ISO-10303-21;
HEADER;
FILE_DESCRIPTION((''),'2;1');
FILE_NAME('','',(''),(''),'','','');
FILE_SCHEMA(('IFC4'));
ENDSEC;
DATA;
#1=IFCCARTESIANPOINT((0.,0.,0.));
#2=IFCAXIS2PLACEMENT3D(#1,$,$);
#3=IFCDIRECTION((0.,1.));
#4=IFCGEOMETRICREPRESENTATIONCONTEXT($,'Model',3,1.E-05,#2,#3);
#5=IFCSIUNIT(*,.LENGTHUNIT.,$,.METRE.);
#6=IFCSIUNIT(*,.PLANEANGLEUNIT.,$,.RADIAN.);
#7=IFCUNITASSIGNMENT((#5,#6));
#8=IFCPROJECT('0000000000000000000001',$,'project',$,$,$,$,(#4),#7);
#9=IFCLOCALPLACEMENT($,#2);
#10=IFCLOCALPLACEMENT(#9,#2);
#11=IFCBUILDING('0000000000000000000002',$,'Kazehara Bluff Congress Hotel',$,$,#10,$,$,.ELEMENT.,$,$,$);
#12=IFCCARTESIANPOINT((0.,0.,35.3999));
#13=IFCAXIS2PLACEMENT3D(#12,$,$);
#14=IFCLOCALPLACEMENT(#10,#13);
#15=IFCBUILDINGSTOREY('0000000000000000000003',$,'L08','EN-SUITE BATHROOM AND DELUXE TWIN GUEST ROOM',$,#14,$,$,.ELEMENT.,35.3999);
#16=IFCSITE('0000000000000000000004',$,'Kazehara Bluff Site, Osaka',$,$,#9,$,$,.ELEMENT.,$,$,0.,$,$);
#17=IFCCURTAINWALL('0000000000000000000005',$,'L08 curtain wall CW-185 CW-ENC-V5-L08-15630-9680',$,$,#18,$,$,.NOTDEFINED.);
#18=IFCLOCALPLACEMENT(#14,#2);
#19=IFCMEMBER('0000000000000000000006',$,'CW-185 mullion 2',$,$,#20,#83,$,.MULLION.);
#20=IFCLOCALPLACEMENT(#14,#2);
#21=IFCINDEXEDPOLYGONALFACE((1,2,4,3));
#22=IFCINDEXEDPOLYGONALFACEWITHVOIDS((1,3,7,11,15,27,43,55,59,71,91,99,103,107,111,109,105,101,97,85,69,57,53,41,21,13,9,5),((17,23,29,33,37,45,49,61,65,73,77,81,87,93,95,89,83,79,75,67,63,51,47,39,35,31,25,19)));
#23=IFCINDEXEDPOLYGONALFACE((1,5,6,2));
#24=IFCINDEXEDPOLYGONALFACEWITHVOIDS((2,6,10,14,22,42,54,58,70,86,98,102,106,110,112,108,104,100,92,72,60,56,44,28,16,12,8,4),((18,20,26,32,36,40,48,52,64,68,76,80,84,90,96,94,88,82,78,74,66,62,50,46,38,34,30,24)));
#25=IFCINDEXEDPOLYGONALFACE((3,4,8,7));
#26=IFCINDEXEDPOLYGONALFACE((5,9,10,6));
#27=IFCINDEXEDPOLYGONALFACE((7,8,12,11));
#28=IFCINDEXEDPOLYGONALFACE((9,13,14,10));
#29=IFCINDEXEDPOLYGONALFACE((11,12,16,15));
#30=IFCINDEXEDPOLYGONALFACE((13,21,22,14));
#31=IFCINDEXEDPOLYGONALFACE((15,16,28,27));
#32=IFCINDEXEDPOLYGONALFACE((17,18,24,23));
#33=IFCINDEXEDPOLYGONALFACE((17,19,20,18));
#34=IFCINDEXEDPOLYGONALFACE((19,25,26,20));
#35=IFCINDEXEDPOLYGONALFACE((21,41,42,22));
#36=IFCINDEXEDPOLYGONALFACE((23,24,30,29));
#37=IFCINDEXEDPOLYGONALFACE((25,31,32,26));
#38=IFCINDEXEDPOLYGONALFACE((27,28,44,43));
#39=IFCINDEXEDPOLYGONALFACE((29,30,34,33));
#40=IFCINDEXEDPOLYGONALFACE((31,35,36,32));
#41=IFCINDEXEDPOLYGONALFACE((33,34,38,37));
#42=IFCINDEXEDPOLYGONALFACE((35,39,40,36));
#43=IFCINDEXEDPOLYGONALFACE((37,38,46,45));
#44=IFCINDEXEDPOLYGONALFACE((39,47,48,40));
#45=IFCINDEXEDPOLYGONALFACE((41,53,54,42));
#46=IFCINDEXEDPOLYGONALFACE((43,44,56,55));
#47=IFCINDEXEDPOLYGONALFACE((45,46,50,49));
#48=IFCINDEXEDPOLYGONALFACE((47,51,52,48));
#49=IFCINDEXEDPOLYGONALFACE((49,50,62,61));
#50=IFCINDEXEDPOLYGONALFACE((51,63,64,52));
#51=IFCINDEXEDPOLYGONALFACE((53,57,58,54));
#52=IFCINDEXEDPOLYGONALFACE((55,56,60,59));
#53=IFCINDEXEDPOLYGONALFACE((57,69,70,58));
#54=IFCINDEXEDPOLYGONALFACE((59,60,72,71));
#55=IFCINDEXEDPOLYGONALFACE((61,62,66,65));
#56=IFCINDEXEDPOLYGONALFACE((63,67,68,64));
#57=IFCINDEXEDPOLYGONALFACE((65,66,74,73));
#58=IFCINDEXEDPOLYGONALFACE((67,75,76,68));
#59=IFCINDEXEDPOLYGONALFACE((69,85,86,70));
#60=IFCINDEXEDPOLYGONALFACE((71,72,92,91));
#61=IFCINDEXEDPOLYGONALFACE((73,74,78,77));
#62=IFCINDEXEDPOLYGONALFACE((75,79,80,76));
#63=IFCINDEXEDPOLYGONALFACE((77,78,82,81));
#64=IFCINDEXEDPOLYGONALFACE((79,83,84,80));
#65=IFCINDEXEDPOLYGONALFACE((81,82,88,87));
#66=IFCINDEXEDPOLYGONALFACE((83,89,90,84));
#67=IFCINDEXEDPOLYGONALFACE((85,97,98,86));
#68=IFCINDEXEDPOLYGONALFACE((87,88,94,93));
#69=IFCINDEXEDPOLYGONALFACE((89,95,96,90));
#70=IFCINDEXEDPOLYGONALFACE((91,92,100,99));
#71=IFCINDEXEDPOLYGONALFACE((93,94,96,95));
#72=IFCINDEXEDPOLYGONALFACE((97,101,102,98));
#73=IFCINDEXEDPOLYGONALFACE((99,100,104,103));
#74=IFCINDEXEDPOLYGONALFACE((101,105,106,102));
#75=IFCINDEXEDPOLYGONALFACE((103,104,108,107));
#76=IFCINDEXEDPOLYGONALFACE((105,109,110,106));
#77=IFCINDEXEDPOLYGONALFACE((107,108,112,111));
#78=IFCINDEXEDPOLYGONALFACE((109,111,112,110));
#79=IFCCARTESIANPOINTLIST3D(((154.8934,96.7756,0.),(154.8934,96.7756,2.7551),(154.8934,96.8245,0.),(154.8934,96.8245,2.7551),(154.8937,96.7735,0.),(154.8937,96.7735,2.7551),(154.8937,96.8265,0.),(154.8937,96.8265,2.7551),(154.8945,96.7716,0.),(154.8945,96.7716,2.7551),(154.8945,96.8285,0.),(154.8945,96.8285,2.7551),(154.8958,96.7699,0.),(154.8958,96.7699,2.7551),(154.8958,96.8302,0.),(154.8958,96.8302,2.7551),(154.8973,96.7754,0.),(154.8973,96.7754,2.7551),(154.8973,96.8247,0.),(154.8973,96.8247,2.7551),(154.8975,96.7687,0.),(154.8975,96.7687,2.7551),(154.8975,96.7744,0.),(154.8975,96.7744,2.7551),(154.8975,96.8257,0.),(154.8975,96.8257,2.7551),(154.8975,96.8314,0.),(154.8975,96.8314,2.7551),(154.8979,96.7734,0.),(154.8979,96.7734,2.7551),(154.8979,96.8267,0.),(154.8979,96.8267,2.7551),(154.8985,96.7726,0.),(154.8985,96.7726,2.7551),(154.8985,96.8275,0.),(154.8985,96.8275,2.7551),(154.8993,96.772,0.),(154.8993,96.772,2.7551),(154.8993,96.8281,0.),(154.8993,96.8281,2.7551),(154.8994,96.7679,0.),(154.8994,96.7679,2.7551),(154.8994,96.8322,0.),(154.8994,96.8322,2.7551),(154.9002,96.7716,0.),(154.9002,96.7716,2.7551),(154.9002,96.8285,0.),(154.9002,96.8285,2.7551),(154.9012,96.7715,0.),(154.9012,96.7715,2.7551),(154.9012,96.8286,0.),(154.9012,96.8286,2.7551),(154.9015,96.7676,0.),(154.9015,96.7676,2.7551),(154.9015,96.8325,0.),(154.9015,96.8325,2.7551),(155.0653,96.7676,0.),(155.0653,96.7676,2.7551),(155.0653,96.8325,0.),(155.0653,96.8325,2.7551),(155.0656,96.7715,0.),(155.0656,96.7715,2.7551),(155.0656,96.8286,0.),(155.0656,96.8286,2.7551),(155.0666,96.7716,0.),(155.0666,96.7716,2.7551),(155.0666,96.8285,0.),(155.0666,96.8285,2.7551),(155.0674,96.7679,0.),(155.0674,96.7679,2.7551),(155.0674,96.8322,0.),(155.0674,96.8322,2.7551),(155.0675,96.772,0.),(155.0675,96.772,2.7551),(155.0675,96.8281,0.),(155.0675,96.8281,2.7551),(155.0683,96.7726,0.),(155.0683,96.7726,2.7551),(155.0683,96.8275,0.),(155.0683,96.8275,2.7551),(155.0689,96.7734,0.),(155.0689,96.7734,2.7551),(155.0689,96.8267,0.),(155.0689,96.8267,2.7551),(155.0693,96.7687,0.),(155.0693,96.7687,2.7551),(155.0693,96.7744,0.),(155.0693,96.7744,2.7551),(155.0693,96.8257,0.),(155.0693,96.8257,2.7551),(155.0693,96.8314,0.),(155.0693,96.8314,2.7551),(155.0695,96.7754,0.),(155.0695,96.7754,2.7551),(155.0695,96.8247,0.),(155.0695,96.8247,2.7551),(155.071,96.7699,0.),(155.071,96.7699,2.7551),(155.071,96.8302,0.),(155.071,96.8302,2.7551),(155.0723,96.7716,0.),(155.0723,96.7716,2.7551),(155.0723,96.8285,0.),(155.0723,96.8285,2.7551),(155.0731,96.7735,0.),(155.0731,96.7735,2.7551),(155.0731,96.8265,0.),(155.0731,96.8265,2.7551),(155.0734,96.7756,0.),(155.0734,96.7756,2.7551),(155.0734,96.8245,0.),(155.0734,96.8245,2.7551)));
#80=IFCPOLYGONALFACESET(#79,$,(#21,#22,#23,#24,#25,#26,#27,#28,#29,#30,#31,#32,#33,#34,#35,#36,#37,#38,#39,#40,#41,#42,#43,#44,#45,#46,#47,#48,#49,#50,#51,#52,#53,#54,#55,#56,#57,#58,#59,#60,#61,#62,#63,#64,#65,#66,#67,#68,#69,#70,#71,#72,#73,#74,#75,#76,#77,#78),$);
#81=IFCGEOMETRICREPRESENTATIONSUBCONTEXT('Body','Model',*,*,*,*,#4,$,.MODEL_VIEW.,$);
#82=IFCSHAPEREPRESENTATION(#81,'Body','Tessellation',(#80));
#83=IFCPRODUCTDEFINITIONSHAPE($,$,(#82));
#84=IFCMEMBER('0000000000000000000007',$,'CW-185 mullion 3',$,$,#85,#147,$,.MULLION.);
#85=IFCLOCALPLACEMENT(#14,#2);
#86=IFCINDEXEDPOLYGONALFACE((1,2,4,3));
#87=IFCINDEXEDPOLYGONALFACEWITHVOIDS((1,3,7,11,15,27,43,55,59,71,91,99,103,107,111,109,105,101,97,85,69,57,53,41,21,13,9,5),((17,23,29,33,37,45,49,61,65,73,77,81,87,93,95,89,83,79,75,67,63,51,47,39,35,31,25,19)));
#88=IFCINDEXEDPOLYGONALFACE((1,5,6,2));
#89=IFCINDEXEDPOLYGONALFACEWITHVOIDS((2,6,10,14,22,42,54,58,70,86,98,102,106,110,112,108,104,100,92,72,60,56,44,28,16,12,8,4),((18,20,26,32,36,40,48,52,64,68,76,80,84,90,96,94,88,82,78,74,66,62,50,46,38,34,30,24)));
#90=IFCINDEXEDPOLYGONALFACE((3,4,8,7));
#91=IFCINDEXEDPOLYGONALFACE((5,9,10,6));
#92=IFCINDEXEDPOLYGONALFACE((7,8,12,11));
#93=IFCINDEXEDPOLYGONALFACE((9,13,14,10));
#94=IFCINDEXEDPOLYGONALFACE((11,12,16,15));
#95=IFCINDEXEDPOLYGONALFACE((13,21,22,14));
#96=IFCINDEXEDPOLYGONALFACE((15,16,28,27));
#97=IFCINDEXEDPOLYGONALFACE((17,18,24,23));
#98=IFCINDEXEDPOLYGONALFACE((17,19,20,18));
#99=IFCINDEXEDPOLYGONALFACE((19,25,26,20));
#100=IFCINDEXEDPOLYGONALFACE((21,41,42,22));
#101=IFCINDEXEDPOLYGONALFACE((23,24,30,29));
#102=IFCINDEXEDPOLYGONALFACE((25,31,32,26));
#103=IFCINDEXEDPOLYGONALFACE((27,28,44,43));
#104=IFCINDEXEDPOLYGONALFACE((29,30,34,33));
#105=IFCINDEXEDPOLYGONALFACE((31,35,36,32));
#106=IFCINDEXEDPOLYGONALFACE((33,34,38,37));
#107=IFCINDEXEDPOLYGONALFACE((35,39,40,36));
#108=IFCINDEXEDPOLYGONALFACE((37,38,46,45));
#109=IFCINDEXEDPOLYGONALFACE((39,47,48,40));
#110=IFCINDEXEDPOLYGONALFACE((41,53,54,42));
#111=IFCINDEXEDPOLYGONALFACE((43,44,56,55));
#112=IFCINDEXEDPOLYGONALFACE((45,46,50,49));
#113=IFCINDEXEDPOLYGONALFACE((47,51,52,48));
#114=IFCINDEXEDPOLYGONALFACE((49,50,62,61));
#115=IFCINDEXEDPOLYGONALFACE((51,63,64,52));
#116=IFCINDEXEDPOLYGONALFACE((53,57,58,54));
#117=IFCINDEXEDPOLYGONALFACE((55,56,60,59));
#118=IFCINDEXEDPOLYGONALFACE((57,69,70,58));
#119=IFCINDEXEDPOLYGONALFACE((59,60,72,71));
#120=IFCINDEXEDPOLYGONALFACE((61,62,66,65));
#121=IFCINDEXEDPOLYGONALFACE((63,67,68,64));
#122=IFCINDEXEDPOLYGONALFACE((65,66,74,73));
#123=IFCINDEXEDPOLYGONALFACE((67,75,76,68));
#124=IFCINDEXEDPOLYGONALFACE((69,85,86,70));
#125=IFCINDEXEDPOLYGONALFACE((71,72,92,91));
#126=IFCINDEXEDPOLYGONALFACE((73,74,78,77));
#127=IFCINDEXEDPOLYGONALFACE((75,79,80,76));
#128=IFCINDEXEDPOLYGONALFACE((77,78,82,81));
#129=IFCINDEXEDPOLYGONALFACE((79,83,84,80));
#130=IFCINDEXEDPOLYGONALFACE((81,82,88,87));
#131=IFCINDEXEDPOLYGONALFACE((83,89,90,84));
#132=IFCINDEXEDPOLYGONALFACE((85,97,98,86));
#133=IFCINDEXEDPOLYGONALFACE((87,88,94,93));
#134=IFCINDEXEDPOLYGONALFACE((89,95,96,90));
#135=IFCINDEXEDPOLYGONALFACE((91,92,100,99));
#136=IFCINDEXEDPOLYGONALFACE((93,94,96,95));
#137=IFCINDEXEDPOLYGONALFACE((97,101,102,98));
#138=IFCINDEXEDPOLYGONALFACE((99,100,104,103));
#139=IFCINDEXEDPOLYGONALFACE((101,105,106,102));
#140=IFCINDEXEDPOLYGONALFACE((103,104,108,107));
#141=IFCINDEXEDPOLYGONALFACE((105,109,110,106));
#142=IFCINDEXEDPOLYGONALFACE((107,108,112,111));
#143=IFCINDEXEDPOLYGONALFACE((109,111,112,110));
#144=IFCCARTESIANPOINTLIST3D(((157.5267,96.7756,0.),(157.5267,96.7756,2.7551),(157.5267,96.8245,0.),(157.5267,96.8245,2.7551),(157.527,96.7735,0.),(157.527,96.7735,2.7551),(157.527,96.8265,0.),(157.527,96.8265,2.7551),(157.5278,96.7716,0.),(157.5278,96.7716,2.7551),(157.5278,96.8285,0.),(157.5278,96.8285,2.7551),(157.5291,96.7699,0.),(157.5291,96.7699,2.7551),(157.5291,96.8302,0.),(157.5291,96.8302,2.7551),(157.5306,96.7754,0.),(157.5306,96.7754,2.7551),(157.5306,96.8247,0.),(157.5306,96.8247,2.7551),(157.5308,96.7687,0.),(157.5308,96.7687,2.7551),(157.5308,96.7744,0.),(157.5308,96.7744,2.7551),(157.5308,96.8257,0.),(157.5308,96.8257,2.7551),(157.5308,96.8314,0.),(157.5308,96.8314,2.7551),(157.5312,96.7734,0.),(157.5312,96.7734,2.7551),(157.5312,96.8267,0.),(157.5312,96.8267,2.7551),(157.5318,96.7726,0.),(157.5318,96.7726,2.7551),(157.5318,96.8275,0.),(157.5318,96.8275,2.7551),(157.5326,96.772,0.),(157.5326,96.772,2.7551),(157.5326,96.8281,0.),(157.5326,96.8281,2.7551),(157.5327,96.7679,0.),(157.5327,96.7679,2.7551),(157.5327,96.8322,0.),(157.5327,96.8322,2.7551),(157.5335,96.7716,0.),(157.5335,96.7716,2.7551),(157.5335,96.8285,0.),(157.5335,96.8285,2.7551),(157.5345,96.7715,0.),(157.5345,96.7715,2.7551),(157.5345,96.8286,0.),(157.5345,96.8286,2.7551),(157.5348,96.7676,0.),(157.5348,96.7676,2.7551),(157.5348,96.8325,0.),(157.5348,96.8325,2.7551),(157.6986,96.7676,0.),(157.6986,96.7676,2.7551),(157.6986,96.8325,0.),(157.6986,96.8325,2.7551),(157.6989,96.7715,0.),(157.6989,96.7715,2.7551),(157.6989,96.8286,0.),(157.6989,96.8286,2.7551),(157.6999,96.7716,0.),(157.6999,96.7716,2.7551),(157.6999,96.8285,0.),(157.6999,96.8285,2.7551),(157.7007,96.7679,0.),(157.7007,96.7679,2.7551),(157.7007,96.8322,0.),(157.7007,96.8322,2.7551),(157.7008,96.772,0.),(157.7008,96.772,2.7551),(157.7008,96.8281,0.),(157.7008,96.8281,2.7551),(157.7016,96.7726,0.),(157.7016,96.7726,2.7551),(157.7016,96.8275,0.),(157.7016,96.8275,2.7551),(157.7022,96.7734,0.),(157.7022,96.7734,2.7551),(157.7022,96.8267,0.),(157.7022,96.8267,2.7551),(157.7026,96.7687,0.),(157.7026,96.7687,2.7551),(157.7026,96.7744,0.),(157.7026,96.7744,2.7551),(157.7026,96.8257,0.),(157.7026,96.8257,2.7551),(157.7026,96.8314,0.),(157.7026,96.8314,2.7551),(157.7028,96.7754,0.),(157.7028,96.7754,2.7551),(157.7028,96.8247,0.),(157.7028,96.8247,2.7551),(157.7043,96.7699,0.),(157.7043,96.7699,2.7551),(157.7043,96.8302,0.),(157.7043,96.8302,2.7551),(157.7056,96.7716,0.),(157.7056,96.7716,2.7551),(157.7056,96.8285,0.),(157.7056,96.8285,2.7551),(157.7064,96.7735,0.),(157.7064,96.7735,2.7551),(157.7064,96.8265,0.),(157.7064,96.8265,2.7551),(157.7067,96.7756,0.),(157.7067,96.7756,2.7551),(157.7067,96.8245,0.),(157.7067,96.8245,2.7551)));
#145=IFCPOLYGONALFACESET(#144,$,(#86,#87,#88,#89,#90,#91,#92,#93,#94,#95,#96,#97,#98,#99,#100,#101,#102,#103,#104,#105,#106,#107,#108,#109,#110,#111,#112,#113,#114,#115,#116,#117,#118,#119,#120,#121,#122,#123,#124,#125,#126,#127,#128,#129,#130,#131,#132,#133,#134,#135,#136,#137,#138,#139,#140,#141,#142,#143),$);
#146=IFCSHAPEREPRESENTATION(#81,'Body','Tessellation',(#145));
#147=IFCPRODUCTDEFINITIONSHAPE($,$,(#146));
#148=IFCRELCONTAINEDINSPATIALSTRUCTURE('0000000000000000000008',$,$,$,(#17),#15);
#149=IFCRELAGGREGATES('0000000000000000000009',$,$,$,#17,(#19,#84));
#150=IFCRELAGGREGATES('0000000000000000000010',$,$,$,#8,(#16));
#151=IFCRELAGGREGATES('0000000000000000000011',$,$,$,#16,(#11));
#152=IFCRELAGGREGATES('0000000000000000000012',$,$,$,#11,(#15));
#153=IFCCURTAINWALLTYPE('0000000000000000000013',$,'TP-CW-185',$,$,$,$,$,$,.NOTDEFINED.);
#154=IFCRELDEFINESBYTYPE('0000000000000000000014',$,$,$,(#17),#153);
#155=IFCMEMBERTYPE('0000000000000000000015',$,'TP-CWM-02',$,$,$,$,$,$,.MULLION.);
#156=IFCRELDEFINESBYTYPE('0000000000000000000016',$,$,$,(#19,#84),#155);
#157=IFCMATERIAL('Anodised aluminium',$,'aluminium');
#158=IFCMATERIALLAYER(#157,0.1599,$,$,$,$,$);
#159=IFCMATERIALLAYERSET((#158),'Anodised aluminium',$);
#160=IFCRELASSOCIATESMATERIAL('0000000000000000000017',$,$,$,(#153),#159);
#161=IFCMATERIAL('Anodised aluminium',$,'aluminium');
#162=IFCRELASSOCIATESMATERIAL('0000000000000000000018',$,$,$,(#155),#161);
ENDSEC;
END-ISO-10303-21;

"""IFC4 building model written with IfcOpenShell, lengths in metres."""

from ifc_helpers import new_model, si_unit, direction, frame, origin, origin_2d, place, context, subcontext, project, spatial, hollow_rectangle, extrude, material, layer, layer_set, material_profile, profile_set, type_object, element, aggregate, save


model = new_model("IFC4")

# Units and contexts
model_context = context("Model", 3, precision=1e-05, world=origin(), true_north=direction((0.0, 1.0)))
body_context = subcontext(model_context, "Body", "Model", "MODEL_VIEW")
ifc_project = project(units=[si_unit("LENGTHUNIT", "METRE"), si_unit("PLANEANGLEUNIT", "RADIAN")], contexts=[model_context])

# Site, building, storey
site_placement = place(None, origin())
site = spatial("IfcSite", under=ifc_project, at=site_placement, Name="Kazehara Bluff Site, Osaka", CompositionType="ELEMENT", RefElevation=0.0)
building_placement = place(site_placement, origin())
building = spatial("IfcBuilding", under=site, at=building_placement, Name="Kazehara Bluff Congress Hotel", CompositionType="ELEMENT")
storey_placement = place(building_placement, frame((0.0, 0.0, 35.3999)))
storey = spatial("IfcBuildingStorey", under=building, at=storey_placement, Name="L08", Description="EN-SUITE BATHROOM AND DELUXE TWIN GUEST ROOM", CompositionType="ELEMENT", Elevation=35.3999)

# Curtain wall, members
ifc_material_1 = material(Name="Anodised aluminium", Category="aluminium")
ifc_layer_1 = layer(ifc_material_1, 0.1599)
ifc_layer_set_1 = layer_set([ifc_layer_1], Name="Anodised aluminium")
curtain_wall_type = type_object("IfcCurtainWallType", Name="TP-CW-185", PredefinedType="NOTDEFINED", material=ifc_layer_set_1)
curtain_wall_placement = place(storey_placement, origin())
curtain_wall = element("IfcCurtainWall", 1, at=curtain_wall_placement, inside=storey, type_object=curtain_wall_type, Name="L08 curtain wall CW-185 CW-ENC-V5-L08-15630-9680", PredefinedType="NOTDEFINED")
ifc_material_2 = material(Name="Anodised aluminium", Category="aluminium")
ifc_material_profile_1 = material_profile(ifc_material_2, hollow_rectangle(XDim=0.0649, YDim=0.1799, WallThickness=0.0039, InnerFilletRadius=0.0039, OuterFilletRadius=0.0081, at=origin_2d()))
ifc_profile_set_1 = profile_set([ifc_material_profile_1], Name="Anodised aluminium")
member_type_1 = type_object("IfcMemberType", Name="TP-CWM-02", PredefinedType="MULLION", material=ifc_profile_set_1)
member_1_placement = place(storey_placement, frame((154.9834, 96.8, 0.0), z_axis=(0.0, 0.0, 1.0), x_axis=(0.0, 1.0, 0.0)))
member_1 = element("IfcMember", 2, at=member_1_placement, type_object=member_type_1, Name="CW-185 mullion 2", PredefinedType="MULLION", context=body_context, shape_type="SweptSolid", body=[
    extrude(hollow_rectangle(XDim=0.0649, YDim=0.1799, WallThickness=0.0039, InnerFilletRadius=0.0039, OuterFilletRadius=0.0081, at=origin_2d()), origin(), (0.0, 0.0, 1.0), 2.7551),
])
member_2_placement = place(storey_placement, frame((157.6167, 96.8, 0.0), z_axis=(0.0, 0.0, 1.0), x_axis=(0.0, 1.0, 0.0)))
member_2 = element("IfcMember", 3, at=member_2_placement, type_object=member_type_1, Name="CW-185 mullion 3", PredefinedType="MULLION", context=body_context, shape_type="SweptSolid", body=[
    extrude(hollow_rectangle(XDim=0.0649, YDim=0.1799, WallThickness=0.0039, InnerFilletRadius=0.0039, OuterFilletRadius=0.0081, at=origin_2d()), origin(), (0.0, 0.0, 1.0), 2.7551),
])
aggregate(curtain_wall, [member_1, member_2])

save(model, "model.ifc")
